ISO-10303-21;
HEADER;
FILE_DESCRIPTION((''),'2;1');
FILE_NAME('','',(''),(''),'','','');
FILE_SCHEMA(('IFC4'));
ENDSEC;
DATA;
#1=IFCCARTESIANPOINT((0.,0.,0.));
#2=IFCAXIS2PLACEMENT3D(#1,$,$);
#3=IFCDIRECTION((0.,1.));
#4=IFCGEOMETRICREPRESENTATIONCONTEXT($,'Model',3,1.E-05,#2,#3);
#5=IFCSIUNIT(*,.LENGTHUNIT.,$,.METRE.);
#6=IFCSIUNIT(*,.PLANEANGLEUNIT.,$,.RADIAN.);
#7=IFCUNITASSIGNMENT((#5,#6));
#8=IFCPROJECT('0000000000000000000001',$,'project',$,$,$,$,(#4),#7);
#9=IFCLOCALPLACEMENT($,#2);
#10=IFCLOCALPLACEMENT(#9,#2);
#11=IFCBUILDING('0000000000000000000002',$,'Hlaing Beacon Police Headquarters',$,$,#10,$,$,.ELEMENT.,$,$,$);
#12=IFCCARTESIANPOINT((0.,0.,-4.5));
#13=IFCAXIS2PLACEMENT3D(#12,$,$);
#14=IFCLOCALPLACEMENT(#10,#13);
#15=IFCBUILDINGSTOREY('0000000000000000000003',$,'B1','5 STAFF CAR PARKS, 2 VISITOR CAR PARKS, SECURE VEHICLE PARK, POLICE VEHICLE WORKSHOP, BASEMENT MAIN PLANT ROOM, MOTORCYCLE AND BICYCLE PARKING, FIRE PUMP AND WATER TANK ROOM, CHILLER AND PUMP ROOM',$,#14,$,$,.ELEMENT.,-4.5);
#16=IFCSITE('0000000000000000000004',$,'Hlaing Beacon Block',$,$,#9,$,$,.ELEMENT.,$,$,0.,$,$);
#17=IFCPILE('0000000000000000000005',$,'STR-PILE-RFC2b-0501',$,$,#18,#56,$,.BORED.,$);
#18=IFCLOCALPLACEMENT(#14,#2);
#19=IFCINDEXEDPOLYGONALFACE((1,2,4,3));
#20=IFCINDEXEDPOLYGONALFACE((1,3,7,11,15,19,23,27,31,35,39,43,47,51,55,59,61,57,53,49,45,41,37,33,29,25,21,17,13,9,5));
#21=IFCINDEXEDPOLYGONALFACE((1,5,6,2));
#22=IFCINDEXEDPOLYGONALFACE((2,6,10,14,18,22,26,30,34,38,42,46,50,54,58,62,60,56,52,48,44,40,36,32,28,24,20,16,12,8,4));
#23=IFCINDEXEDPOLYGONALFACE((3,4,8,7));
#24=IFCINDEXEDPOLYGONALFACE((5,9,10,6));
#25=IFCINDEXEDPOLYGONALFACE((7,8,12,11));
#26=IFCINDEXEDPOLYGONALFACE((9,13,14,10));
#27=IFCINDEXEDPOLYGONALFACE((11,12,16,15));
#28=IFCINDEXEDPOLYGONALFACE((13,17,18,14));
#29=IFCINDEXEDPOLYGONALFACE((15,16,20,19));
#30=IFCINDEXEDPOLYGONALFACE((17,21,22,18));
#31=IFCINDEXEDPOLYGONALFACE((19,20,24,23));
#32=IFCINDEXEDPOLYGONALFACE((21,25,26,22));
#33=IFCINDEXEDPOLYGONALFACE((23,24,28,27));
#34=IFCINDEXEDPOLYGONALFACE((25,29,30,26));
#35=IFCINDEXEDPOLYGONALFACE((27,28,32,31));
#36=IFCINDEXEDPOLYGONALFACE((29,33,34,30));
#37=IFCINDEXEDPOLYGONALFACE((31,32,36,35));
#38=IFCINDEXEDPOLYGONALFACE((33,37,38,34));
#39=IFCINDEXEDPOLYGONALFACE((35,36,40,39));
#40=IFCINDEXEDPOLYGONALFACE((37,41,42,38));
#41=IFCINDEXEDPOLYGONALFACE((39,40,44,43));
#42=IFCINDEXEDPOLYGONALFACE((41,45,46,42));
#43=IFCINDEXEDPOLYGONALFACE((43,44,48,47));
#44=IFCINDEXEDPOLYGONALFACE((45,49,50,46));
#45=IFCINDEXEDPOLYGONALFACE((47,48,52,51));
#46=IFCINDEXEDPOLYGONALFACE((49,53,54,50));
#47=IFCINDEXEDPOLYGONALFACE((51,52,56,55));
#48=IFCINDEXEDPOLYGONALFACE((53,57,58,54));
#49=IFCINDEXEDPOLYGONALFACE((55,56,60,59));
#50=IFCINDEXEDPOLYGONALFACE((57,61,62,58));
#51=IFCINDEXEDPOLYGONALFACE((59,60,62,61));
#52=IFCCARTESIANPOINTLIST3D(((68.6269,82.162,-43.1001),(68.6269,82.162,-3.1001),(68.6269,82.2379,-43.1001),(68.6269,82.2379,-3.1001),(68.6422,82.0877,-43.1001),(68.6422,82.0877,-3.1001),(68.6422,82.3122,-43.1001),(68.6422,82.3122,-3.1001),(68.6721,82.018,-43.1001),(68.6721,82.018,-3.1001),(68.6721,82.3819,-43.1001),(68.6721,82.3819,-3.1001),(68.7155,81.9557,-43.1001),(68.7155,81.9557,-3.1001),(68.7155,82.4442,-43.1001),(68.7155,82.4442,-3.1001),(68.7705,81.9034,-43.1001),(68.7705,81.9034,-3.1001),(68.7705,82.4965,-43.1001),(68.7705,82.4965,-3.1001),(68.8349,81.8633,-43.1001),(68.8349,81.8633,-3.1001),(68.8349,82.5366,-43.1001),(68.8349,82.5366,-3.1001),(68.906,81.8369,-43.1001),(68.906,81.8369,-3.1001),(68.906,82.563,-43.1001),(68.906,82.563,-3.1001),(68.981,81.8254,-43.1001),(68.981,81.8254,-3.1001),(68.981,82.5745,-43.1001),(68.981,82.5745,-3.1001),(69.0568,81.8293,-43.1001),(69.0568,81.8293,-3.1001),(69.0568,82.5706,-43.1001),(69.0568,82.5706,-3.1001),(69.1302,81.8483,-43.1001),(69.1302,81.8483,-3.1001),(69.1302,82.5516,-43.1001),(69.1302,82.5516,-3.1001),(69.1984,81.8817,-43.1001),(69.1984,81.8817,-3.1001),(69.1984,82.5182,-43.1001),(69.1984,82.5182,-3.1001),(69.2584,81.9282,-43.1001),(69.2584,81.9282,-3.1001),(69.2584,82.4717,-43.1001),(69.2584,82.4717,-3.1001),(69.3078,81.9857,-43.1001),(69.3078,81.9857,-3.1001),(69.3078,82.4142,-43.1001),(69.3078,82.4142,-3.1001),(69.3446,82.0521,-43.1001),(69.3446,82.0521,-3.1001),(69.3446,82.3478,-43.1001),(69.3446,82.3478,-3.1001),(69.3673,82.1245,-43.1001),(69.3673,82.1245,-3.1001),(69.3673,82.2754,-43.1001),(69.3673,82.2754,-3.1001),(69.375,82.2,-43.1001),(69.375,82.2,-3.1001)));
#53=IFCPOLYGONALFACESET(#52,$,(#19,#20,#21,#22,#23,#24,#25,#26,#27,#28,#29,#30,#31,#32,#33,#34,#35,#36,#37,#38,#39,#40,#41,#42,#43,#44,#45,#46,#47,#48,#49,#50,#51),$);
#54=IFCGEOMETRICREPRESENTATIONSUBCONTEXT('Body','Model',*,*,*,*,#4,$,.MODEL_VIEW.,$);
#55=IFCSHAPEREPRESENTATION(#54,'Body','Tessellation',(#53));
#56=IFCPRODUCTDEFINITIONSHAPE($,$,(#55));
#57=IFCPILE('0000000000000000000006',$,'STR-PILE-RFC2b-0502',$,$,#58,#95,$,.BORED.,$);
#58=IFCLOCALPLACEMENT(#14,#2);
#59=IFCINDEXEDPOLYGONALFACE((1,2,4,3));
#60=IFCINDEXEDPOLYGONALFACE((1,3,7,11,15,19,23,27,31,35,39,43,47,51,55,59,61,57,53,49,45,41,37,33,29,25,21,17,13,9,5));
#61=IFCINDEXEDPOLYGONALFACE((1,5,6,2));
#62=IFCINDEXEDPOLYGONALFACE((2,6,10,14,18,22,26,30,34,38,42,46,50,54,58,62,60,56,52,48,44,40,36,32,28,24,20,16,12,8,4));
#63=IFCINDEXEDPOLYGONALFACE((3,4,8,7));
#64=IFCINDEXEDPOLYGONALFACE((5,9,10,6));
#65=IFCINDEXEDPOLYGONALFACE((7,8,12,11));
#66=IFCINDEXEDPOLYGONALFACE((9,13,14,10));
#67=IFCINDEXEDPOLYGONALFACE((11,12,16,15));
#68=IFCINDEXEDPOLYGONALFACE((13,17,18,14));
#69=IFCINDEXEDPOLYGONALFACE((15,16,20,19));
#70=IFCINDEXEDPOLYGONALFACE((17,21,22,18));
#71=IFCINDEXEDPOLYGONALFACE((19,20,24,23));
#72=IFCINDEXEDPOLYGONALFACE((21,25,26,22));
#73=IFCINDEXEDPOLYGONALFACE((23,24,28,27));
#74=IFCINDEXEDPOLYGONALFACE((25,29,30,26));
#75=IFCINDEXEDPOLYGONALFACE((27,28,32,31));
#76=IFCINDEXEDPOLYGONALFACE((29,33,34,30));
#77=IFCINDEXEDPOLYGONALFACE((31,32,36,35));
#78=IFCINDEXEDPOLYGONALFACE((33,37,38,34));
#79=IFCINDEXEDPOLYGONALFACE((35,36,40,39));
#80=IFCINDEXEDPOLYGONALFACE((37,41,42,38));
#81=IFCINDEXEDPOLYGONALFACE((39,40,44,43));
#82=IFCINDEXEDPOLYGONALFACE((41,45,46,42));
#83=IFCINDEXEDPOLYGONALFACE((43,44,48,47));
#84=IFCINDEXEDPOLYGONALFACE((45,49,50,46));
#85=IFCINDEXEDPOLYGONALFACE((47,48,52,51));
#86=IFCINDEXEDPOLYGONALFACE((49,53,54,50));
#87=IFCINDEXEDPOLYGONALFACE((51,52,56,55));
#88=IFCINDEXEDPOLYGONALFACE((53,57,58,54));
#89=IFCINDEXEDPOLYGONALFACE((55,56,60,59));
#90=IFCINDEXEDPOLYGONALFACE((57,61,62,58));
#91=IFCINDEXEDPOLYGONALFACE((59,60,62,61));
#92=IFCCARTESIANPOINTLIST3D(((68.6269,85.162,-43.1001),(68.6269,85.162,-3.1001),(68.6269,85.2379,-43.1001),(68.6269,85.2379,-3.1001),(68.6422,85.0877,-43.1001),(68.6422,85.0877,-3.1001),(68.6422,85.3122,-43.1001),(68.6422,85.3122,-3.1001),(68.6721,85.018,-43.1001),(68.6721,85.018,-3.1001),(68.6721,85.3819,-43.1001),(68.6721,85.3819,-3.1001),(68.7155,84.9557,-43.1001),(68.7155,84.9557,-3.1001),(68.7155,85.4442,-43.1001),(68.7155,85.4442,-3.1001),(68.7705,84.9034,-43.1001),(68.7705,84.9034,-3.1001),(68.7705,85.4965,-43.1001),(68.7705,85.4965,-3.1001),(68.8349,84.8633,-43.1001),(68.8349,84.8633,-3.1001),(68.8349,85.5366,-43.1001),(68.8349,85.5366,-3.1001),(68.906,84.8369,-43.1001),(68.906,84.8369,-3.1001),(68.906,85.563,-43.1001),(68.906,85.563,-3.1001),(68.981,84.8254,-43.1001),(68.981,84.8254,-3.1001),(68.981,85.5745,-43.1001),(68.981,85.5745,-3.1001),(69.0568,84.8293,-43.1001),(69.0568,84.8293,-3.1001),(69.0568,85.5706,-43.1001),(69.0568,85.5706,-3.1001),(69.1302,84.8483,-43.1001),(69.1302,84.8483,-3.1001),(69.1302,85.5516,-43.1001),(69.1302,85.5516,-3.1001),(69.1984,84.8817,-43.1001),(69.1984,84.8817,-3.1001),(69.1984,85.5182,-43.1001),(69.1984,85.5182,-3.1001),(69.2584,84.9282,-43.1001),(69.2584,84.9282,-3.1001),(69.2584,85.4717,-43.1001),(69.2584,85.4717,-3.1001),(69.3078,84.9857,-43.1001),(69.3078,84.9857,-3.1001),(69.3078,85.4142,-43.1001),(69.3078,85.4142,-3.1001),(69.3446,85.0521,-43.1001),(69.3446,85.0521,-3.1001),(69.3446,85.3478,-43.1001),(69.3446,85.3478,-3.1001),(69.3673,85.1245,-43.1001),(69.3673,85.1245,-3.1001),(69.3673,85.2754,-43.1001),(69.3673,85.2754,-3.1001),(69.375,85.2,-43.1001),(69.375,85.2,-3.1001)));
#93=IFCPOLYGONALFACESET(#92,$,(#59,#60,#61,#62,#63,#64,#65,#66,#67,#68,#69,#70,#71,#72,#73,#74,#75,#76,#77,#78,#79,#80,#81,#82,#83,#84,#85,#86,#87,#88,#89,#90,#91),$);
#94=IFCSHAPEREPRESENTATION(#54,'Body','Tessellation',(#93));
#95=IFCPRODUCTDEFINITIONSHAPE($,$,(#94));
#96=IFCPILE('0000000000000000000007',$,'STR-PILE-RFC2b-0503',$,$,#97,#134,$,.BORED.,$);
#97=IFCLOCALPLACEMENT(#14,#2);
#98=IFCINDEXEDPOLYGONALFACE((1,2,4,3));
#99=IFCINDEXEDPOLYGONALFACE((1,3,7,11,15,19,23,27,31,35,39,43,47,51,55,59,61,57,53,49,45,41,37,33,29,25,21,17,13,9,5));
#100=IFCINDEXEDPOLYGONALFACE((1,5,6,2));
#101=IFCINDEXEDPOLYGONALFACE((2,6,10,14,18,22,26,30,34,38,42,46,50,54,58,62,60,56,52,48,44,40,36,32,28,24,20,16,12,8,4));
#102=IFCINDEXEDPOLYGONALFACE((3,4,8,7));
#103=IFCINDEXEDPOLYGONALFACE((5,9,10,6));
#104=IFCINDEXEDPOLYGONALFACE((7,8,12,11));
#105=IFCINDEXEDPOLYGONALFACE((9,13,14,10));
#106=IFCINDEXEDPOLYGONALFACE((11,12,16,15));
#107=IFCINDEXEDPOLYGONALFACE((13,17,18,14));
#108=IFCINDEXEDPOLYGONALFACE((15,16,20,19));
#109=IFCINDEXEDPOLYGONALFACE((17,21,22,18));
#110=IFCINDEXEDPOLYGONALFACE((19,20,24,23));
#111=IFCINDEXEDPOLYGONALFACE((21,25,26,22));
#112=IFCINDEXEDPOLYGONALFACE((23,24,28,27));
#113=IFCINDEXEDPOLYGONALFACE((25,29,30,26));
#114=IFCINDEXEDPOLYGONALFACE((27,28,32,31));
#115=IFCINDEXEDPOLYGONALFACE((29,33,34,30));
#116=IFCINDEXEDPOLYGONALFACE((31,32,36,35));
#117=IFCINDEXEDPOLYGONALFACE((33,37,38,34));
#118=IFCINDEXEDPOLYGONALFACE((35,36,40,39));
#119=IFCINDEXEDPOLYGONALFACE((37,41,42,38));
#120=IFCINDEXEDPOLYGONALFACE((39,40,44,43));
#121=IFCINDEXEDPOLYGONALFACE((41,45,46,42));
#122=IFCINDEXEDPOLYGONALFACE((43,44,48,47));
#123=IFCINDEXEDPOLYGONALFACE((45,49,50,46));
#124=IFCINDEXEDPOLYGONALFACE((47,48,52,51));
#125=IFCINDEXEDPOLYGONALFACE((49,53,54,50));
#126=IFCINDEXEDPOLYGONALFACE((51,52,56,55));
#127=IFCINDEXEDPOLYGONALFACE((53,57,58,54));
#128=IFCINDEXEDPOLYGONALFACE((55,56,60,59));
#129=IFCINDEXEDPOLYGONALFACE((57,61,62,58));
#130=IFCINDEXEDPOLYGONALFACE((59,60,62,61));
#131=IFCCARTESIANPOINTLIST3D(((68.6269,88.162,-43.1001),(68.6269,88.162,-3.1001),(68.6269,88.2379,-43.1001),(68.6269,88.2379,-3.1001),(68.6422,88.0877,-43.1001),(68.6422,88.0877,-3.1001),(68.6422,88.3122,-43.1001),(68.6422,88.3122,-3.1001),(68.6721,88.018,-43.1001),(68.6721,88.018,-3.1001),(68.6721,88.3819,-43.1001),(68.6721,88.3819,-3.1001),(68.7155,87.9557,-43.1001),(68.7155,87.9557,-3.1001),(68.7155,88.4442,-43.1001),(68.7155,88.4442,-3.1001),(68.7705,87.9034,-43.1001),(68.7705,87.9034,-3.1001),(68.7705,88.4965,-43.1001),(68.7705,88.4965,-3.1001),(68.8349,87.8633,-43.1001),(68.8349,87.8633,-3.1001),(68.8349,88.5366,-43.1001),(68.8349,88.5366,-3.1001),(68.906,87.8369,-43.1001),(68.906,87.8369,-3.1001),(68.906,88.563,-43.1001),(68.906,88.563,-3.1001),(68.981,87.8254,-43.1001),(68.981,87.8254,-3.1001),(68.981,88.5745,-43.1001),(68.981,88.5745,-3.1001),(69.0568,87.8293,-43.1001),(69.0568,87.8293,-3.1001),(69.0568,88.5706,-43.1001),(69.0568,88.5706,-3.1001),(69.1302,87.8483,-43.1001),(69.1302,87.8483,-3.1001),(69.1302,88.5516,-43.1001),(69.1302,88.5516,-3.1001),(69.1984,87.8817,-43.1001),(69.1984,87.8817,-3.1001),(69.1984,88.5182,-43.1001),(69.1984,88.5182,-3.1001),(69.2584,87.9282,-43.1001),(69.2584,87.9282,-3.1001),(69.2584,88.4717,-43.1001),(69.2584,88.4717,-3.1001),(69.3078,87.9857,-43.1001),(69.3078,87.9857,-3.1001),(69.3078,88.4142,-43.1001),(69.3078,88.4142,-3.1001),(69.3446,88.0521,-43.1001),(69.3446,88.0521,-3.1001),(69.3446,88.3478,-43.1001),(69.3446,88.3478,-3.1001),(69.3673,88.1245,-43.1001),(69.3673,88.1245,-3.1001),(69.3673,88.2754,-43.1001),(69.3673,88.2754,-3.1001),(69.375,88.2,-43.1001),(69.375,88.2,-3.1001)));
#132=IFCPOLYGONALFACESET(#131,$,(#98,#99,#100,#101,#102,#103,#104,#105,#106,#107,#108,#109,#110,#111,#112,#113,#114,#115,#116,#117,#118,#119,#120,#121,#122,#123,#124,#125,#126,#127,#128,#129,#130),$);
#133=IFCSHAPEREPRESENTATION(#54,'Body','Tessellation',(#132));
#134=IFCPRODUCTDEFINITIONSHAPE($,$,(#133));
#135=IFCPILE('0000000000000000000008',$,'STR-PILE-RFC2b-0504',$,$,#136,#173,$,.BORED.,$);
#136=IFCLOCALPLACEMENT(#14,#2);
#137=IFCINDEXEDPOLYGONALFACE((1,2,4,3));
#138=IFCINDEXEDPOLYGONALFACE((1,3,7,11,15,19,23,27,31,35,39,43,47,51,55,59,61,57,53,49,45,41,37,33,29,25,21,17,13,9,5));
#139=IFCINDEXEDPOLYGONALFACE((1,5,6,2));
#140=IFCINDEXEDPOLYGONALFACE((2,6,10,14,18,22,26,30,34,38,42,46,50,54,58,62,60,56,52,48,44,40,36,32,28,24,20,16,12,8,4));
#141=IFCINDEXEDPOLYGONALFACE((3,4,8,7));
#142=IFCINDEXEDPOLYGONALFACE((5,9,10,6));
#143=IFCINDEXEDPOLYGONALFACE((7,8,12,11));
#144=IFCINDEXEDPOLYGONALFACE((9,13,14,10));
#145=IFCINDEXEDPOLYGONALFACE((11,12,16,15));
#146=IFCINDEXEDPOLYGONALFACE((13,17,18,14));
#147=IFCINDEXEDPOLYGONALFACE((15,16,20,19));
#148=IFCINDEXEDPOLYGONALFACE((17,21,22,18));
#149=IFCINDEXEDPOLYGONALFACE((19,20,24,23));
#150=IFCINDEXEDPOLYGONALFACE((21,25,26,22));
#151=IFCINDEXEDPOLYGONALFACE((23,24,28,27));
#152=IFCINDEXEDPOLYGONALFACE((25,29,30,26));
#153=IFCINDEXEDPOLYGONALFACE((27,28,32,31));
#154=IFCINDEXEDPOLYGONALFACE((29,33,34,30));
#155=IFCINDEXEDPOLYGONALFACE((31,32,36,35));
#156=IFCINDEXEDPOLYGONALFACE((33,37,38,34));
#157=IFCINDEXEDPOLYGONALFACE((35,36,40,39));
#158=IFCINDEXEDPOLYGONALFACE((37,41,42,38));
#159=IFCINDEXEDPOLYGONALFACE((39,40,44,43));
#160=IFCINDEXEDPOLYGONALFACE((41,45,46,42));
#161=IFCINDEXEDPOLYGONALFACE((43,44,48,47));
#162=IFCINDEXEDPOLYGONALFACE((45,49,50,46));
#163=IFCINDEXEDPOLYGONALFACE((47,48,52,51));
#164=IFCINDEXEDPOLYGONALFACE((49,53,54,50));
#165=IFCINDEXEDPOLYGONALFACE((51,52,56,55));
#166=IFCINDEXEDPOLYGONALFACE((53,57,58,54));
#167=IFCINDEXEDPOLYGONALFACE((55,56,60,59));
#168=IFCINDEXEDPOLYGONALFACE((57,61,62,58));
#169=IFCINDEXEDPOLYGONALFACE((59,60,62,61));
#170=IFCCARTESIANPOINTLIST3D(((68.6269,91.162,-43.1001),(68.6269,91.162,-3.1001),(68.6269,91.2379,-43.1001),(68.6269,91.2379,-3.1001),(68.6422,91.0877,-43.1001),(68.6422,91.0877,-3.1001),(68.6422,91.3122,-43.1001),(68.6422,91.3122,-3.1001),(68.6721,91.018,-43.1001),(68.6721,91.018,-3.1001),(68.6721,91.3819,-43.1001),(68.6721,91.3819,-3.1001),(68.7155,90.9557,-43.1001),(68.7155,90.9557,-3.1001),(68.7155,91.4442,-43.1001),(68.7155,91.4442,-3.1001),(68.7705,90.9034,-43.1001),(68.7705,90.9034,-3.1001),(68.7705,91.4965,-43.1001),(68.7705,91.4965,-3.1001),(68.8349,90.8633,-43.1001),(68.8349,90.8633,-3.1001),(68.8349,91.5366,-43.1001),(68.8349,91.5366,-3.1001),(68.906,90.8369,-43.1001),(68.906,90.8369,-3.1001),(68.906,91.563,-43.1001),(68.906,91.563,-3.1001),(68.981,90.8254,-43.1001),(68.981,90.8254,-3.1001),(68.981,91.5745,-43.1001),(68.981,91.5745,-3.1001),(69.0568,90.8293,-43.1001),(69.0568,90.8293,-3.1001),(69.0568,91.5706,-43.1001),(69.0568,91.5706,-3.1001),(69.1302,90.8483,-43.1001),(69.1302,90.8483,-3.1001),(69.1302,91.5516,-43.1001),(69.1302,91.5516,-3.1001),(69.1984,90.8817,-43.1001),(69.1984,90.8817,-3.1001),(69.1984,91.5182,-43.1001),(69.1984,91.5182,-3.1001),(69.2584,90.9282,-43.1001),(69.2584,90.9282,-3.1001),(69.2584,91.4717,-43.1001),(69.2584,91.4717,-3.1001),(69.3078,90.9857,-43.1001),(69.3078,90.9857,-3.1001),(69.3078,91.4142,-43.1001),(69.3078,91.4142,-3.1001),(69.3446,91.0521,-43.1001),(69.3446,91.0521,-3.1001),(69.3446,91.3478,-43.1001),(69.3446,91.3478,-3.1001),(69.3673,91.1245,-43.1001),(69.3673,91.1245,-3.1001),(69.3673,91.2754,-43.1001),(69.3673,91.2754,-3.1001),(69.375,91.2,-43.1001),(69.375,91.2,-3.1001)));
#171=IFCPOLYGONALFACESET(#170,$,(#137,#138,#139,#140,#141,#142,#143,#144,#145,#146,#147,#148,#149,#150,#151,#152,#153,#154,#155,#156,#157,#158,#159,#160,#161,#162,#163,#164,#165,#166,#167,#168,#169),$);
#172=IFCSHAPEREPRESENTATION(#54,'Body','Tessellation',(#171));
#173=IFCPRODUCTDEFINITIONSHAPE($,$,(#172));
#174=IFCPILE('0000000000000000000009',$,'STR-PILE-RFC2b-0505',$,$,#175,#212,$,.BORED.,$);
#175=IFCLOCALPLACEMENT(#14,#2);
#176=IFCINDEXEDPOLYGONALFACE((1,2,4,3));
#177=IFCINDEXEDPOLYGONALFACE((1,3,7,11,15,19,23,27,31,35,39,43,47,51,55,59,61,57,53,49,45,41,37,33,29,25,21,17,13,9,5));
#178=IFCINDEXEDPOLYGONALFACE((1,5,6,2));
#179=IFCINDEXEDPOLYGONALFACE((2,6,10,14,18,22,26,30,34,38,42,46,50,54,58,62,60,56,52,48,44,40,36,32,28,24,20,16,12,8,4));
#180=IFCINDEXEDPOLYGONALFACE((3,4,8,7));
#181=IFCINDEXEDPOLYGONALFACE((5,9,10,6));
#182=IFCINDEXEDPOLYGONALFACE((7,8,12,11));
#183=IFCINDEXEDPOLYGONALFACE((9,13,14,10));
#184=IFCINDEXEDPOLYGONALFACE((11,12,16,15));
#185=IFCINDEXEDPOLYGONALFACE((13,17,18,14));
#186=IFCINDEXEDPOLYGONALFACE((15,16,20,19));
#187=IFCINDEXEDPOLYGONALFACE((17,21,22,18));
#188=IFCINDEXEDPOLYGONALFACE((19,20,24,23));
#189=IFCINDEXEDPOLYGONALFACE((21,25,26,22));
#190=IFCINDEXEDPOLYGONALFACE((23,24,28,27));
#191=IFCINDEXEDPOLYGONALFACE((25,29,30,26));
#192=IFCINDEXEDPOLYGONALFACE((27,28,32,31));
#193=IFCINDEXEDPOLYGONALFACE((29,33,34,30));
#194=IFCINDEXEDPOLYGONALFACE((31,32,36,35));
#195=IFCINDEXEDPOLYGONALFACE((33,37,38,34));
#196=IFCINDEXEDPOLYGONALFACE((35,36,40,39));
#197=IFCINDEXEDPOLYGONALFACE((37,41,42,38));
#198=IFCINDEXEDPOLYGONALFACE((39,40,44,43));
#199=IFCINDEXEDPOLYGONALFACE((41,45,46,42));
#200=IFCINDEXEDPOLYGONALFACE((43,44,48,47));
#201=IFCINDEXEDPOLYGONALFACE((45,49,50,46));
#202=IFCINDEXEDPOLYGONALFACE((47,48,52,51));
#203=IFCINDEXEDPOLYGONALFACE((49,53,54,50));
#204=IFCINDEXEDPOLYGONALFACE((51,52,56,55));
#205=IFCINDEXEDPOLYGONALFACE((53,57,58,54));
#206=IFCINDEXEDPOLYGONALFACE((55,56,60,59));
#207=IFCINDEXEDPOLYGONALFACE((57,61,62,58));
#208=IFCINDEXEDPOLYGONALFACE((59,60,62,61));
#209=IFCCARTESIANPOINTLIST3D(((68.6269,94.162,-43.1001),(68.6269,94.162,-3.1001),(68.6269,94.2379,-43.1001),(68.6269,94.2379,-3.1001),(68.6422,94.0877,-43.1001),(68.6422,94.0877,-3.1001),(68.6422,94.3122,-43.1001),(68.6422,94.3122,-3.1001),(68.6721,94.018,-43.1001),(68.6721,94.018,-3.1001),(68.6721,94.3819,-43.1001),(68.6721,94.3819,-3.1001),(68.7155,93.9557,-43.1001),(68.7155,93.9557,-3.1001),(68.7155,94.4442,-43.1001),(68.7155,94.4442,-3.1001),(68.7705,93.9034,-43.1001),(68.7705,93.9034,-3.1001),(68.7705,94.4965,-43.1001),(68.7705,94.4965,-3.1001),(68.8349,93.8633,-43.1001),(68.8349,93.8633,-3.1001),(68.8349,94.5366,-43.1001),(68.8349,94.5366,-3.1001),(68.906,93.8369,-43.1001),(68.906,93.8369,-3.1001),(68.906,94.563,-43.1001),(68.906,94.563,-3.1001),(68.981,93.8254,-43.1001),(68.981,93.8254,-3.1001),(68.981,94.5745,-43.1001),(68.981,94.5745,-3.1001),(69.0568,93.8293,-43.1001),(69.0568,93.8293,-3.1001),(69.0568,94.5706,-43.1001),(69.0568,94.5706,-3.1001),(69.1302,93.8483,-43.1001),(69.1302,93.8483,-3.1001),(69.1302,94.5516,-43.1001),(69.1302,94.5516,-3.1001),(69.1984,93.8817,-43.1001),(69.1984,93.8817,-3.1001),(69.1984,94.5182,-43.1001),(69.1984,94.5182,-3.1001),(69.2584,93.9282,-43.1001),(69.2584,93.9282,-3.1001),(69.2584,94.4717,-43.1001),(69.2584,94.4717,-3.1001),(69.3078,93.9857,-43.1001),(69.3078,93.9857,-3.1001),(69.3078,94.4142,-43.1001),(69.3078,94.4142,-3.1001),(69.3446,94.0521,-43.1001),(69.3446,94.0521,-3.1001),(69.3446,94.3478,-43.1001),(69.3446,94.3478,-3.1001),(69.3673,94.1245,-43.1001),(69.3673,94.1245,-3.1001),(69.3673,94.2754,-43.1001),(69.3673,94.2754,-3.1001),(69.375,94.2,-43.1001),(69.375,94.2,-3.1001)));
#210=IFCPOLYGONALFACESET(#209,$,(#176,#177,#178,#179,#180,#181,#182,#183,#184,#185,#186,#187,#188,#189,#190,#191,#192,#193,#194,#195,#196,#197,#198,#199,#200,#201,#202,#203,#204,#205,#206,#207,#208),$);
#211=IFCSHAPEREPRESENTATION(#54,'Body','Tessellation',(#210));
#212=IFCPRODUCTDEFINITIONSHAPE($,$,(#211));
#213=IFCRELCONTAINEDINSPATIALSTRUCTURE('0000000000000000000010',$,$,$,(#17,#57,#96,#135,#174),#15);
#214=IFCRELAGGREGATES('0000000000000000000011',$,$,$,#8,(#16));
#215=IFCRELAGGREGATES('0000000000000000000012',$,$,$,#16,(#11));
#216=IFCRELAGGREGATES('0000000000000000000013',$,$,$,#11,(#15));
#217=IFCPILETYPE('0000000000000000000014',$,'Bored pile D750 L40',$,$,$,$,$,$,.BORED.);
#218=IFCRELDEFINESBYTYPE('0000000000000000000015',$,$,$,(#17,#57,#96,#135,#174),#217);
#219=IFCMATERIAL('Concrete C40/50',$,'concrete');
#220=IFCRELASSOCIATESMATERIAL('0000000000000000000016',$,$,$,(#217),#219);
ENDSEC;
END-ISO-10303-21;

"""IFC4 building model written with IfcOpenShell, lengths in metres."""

from ifc_helpers import new_model, si_unit, direction, frame, origin, origin_2d, place, context, subcontext, project, spatial, circle, extrude, material, material_profile, profile_set, type_object, element, save


model = new_model("IFC4")

# Units and contexts
model_context = context("Model", 3, precision=1e-05, world=origin(), true_north=direction((0.0, 1.0)))
body_context = subcontext(model_context, "Body", "Model", "MODEL_VIEW")
ifc_project = project(units=[si_unit("LENGTHUNIT", "METRE"), si_unit("PLANEANGLEUNIT", "RADIAN")], contexts=[model_context])

# Site, building, storey
site_placement = place(None, origin())
site = spatial("IfcSite", under=ifc_project, at=site_placement, Name="Hlaing Beacon Block", CompositionType="ELEMENT", RefElevation=0.0)
building_placement = place(site_placement, origin())
building = spatial("IfcBuilding", under=site, at=building_placement, Name="Hlaing Beacon Police Headquarters", CompositionType="ELEMENT")
storey_placement = place(building_placement, frame((0.0, 0.0, -4.5)))
storey = spatial("IfcBuildingStorey", under=building, at=storey_placement, Name="B1", Description="5 STAFF CAR PARKS, 2 VISITOR CAR PARKS, SECURE VEHICLE PARK, POLICE VEHICLE WORKSHOP, BASEMENT MAIN PLANT ROOM, MOTORCYCLE AND BICYCLE PARKING, FIRE PUMP AND WATER TANK ROOM, CHILLER AND PUMP ROOM", CompositionType="ELEMENT", Elevation=-4.5)

# Piles
ifc_material_1 = material(Name="Concrete C40/50", Category="concrete")
ifc_material_profile_1 = material_profile(ifc_material_1, circle(Radius=0.375, at=origin_2d()), Name="D750")
ifc_profile_set_1 = profile_set([ifc_material_profile_1], Name="Concrete C40/50")
pile_type_1 = type_object("IfcPileType", Name="Bored pile D750 L40", PredefinedType="BORED", material=ifc_profile_set_1)
for number, where, z_axis, x_axis, name in (
    (1, (69.0, 82.2, -3.1001), (0.0, 0.0, -1.0), (1.0, 0.0, 0.0), "STR-PILE-RFC2b-0501"),
    (2, (69.0, 85.2, -3.1001), (0.0, 0.0, -1.0), (1.0, 0.0, 0.0), "STR-PILE-RFC2b-0502"),
    (3, (69.0, 88.2, -3.1001), (0.0, 0.0, -1.0), (1.0, 0.0, 0.0), "STR-PILE-RFC2b-0503"),
    (4, (69.0, 91.2, -3.1001), (0.0, 0.0, -1.0), (1.0, 0.0, 0.0), "STR-PILE-RFC2b-0504"),
    (5, (69.0, 94.2, -3.1001), (0.0, 0.0, -1.0), (1.0, 0.0, 0.0), "STR-PILE-RFC2b-0505"),
):
    element("IfcPile", number, at=place(storey_placement, frame(where, z_axis=z_axis, x_axis=x_axis)), inside=storey, type_object=pile_type_1, Name=name, PredefinedType="BORED", context=body_context, shape_type="SweptSolid", body=[
        extrude(circle(Radius=0.375, at=origin_2d()), origin(), (0.0, 0.0, 1.0), 40.0),
    ])

save(model, "model.ifc")
